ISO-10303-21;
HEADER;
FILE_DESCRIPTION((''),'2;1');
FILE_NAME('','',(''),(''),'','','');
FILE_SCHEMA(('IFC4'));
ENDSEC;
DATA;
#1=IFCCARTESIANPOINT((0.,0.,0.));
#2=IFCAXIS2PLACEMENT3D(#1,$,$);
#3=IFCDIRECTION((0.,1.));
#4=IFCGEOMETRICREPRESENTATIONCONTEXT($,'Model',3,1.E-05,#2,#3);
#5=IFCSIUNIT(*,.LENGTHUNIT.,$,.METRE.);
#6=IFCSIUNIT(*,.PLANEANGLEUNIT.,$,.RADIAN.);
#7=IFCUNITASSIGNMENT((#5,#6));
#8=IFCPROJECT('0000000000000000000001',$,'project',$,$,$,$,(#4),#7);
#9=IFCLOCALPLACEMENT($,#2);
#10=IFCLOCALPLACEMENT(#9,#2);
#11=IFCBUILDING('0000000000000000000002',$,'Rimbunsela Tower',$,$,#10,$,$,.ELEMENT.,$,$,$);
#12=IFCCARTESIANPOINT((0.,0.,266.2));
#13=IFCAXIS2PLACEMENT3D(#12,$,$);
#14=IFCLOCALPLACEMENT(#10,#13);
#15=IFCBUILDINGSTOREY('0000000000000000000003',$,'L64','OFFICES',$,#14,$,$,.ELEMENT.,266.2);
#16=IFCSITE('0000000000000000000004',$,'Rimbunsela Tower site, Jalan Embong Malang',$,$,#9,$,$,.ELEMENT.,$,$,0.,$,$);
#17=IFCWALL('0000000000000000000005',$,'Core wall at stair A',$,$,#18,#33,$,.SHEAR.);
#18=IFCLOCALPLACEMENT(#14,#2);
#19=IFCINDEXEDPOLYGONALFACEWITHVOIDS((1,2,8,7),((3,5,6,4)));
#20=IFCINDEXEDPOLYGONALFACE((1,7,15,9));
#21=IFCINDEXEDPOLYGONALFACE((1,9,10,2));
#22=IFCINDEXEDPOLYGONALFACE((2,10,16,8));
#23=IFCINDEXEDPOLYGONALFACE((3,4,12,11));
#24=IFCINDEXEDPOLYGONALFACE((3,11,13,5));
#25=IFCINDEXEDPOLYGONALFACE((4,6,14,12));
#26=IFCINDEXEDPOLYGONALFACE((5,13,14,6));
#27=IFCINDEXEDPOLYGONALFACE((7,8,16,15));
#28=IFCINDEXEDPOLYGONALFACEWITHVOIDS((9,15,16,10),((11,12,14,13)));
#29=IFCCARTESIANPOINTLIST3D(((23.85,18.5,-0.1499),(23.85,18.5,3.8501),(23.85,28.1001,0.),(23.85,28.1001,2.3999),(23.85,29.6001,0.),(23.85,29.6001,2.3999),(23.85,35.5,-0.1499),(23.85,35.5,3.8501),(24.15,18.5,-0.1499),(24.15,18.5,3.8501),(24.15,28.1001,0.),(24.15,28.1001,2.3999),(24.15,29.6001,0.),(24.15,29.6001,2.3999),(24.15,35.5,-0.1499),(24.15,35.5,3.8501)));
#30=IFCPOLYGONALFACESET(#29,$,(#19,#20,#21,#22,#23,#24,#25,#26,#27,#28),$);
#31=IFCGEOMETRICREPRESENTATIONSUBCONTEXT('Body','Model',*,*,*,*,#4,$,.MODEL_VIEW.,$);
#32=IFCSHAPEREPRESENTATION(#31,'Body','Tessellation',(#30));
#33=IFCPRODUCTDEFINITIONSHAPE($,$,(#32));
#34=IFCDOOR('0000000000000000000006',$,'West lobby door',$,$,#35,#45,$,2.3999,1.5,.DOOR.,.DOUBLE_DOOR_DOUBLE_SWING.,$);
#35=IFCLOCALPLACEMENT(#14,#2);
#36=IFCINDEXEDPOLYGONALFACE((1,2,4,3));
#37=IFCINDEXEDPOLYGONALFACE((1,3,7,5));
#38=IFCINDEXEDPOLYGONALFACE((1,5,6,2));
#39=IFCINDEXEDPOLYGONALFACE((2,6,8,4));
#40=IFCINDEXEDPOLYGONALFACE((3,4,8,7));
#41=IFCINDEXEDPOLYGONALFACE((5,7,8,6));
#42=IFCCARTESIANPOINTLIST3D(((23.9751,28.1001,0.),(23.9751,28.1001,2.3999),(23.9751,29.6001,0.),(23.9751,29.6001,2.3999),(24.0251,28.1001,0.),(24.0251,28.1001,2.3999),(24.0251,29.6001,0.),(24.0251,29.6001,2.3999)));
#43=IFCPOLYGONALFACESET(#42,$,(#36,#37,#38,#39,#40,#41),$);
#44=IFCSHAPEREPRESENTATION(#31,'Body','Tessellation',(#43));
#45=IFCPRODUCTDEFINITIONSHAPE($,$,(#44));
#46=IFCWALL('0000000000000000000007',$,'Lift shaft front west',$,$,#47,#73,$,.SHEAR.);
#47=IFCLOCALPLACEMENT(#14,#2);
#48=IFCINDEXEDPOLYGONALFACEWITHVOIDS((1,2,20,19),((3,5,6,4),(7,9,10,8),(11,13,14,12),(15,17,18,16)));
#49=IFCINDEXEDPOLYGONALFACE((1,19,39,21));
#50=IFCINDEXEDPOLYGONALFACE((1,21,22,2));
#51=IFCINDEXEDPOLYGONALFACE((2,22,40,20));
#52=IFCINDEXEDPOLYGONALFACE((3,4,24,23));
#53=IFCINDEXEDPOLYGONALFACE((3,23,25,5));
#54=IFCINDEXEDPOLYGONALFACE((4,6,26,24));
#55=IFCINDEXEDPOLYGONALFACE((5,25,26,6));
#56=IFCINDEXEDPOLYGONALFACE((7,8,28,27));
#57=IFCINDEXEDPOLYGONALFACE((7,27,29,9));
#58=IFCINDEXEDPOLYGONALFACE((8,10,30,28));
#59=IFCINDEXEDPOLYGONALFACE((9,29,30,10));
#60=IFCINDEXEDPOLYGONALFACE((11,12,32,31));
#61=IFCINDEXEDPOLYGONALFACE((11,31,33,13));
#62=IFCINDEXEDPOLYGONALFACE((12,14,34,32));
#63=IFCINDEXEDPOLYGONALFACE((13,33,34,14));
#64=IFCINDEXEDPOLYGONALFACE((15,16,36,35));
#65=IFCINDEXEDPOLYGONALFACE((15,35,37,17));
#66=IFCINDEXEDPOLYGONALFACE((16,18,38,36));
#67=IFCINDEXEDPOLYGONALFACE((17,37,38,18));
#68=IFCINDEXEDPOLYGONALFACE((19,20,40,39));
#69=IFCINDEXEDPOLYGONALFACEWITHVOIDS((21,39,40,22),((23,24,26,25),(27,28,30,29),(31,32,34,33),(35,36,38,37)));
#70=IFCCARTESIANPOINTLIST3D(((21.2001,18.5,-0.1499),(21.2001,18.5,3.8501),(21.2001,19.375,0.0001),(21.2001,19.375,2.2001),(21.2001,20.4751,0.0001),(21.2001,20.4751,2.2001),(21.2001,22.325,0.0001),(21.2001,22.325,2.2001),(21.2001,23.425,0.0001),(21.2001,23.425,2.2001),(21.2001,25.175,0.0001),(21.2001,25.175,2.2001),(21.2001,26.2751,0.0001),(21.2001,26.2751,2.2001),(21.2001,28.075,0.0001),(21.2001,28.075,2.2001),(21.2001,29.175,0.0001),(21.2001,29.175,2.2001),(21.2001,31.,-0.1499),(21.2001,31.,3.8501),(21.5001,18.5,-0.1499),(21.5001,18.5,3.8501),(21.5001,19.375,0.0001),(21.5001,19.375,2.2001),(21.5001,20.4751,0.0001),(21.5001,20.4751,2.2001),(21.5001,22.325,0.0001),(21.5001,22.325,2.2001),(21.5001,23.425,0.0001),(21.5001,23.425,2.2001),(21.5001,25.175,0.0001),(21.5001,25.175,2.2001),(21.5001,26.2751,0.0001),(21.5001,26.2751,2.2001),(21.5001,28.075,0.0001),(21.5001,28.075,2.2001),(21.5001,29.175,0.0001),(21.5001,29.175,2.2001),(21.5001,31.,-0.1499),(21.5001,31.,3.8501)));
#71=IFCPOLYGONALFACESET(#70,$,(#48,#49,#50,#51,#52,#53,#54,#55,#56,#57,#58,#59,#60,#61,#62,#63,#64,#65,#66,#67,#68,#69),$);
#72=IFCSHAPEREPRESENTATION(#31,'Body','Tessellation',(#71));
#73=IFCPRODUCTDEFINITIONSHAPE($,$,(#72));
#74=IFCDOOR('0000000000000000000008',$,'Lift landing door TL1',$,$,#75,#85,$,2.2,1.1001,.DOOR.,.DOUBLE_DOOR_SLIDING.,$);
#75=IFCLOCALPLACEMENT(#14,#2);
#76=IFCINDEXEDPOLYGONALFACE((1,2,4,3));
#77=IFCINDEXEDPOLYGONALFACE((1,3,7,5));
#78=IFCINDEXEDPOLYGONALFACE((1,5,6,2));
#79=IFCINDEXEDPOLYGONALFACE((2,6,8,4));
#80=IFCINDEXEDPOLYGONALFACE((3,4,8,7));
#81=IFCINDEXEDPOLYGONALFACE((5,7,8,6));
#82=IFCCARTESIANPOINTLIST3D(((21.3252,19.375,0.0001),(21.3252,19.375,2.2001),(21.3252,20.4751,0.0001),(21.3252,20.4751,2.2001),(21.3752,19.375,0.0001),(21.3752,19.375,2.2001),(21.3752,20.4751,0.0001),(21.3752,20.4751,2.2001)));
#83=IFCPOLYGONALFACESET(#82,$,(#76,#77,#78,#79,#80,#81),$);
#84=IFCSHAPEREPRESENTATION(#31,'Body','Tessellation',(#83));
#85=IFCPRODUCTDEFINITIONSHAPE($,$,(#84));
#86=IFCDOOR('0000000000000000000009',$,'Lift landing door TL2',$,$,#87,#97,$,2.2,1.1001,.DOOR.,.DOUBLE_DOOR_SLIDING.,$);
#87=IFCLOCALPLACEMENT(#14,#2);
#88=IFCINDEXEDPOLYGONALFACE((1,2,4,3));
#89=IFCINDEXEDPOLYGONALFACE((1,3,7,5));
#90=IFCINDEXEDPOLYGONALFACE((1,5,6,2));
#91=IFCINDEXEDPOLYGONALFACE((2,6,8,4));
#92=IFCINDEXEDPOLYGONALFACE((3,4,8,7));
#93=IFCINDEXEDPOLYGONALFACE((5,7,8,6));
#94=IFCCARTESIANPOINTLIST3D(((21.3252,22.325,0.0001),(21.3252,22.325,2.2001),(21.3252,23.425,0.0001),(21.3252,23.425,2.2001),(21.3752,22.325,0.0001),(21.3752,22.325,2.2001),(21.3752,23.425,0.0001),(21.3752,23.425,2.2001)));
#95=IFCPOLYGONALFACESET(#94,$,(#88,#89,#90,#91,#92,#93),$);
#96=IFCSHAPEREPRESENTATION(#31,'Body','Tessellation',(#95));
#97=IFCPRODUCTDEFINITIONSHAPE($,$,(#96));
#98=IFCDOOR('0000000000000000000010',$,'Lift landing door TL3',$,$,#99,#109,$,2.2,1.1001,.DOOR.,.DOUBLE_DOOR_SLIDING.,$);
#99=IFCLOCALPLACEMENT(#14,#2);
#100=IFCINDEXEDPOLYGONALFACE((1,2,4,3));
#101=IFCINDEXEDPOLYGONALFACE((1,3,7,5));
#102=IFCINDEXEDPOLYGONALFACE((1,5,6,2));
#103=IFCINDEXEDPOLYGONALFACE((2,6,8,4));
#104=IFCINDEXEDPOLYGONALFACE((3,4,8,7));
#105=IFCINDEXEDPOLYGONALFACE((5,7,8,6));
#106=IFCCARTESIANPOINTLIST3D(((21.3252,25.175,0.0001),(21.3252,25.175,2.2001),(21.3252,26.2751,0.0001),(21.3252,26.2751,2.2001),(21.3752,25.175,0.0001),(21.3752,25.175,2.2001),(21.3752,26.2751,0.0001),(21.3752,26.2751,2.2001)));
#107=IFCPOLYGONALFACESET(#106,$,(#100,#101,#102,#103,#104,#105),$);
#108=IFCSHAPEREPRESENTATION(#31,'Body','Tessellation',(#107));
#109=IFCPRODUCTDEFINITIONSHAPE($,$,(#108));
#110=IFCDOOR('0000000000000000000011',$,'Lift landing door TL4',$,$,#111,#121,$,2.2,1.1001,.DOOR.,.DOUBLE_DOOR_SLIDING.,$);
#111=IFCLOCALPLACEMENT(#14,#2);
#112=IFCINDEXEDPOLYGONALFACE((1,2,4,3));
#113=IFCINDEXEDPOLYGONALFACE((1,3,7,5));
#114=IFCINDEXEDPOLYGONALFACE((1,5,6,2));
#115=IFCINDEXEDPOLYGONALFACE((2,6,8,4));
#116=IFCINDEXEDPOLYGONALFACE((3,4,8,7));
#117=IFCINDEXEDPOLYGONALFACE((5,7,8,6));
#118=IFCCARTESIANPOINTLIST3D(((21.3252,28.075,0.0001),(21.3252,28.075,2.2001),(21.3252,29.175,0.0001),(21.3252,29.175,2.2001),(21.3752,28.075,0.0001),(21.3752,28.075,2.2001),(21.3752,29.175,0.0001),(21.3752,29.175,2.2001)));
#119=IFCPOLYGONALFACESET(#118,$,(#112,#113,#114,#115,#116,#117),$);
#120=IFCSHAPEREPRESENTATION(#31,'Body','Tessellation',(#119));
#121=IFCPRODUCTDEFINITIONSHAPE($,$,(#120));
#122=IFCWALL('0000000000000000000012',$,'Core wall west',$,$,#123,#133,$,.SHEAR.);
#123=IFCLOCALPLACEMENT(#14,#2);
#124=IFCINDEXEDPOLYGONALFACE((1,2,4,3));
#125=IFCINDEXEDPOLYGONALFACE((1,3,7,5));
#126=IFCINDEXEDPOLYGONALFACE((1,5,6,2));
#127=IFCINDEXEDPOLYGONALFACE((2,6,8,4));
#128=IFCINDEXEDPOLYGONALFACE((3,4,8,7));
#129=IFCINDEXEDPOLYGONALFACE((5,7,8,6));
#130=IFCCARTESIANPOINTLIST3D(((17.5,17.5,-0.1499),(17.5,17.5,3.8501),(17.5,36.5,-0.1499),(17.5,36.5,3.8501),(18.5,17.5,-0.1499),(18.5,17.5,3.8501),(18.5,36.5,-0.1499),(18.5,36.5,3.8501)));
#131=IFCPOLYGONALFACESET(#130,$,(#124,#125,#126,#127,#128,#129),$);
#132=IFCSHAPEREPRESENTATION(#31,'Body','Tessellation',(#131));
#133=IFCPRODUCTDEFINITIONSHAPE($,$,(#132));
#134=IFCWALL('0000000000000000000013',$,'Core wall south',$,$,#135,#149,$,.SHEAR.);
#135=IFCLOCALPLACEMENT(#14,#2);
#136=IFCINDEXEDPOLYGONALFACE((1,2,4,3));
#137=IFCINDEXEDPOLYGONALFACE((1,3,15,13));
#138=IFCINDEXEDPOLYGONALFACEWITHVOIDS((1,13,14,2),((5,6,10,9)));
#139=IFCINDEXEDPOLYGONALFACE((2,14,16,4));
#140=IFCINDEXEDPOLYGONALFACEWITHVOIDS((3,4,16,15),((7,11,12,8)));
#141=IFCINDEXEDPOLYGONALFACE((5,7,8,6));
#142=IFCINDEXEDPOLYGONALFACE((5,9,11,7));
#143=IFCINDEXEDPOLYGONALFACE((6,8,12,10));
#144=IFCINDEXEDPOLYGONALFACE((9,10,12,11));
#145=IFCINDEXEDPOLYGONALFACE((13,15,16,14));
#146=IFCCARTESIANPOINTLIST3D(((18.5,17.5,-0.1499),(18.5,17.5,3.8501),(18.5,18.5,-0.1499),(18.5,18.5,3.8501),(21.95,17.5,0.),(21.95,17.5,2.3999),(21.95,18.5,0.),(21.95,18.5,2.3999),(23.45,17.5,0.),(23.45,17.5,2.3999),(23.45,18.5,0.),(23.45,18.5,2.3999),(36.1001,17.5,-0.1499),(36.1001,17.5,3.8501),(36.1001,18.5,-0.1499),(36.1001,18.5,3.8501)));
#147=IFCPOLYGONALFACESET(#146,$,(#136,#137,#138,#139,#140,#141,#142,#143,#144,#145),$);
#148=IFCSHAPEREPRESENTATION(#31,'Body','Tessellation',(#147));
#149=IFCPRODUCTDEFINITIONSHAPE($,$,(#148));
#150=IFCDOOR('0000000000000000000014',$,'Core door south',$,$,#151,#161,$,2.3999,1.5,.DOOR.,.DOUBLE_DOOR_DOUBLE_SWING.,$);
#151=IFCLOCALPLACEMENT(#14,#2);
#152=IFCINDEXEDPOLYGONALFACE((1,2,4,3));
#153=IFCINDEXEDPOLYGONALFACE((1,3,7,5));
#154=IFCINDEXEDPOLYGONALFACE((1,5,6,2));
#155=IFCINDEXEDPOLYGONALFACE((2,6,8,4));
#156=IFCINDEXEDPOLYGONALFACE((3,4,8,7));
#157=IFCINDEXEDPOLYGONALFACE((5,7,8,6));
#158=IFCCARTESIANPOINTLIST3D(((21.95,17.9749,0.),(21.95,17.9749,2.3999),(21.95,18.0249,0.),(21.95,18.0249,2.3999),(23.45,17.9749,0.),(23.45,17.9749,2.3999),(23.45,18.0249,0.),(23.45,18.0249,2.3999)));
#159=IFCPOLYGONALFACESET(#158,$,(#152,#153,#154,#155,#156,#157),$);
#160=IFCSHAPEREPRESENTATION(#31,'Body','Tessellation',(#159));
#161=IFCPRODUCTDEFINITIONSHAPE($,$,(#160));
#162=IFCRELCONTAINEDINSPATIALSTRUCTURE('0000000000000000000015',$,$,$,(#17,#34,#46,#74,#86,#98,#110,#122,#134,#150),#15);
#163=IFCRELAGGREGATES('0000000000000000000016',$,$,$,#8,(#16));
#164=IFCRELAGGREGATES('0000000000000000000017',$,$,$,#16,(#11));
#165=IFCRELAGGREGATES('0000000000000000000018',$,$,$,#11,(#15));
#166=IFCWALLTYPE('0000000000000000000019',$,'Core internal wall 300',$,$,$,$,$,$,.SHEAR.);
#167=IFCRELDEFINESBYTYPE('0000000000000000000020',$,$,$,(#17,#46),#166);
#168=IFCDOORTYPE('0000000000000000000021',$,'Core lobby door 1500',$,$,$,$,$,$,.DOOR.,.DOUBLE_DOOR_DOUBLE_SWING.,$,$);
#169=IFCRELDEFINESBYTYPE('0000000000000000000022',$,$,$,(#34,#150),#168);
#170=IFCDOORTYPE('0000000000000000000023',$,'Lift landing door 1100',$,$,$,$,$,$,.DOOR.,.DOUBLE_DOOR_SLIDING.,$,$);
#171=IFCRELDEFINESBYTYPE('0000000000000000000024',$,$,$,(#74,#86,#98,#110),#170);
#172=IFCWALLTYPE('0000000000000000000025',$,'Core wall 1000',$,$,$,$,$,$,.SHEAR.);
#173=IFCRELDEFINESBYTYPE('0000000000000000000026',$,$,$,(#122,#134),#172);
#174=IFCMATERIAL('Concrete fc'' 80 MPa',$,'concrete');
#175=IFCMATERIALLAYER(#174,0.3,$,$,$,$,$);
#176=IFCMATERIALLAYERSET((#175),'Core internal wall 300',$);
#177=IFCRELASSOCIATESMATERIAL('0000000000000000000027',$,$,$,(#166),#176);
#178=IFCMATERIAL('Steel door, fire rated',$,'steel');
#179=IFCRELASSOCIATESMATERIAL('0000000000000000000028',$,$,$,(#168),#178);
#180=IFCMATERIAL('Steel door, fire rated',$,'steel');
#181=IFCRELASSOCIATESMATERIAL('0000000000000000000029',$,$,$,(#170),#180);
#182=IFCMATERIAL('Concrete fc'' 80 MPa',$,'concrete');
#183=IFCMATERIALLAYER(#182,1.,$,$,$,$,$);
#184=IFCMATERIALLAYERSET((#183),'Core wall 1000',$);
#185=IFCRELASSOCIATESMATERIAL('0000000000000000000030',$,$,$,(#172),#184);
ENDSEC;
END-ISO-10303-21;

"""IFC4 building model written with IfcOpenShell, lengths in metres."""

from ifc_helpers import new_model, si_unit, direction, frame, frame_2d, origin, place, context, subcontext, project, spatial, rectangle, extrude, material, layer, layer_set, type_object, element, fill, save


model = new_model("IFC4")

# Units and contexts
model_context = context("Model", 3, precision=1e-05, world=origin(), true_north=direction((0.0, 1.0)))
body_context = subcontext(model_context, "Body", "Model", "MODEL_VIEW")
ifc_project = project(units=[si_unit("LENGTHUNIT", "METRE"), si_unit("PLANEANGLEUNIT", "RADIAN")], contexts=[model_context])

# Site, building, storey
site_placement = place(None, origin())
site = spatial("IfcSite", under=ifc_project, at=site_placement, Name="Rimbunsela Tower site, Jalan Embong Malang", CompositionType="ELEMENT", RefElevation=0.0)
building_placement = place(site_placement, origin())
building = spatial("IfcBuilding", under=site, at=building_placement, Name="Rimbunsela Tower", CompositionType="ELEMENT")
storey_placement = place(building_placement, frame((0.0, 0.0, 266.2)))
storey = spatial("IfcBuildingStorey", under=building, at=storey_placement, Name="L64", Description="OFFICES", CompositionType="ELEMENT", Elevation=266.2)

# Wall, opening, door
ifc_material_1 = material(Name="Concrete fc' 80 MPa", Category="concrete")
ifc_layer_1 = layer(ifc_material_1, 0.3)
ifc_layer_set_1 = layer_set([ifc_layer_1], Name="Core internal wall 300")
wall_type_1 = type_object("IfcWallType", Name="Core internal wall 300", PredefinedType="SHEAR", material=ifc_layer_set_1)
wall_1_placement = place(storey_placement, frame((24.0, 18.5, -0.1499), z_axis=(0.0, 0.0, 1.0), x_axis=(0.0, 1.0, 0.0)))
wall_1 = element("IfcWall", 1, at=wall_1_placement, inside=storey, type_object=wall_type_1, Name="Core wall at stair A", PredefinedType="SHEAR", context=body_context, shape_type="SweptSolid", body=[
    extrude(rectangle(XDim=17.0, YDim=0.3, at=frame_2d((8.5, 0.0))), origin(), (0.0, 0.0, 1.0), 4.0),
])
opening_1_placement = place(wall_1_placement, frame((9.6001, 0.0, 0.1499)))
opening_1 = element("IfcOpeningElement", 2, at=opening_1_placement, cuts=wall_1, PredefinedType="OPENING", context=body_context, shape_type="SweptSolid", body=[
    extrude(rectangle(XDim=1.5, YDim=2.3999, at=frame_2d((0.75, 1.2))), frame((0.0, 0.1599, 0.0), z_axis=(0.0, -1.0, 0.0), x_axis=(1.0, 0.0, 0.0)), (0.0, 0.0, 1.0), 0.3201),
])
ifc_material_2 = material(Name="Steel door, fire rated", Category="steel")
door_type_1 = type_object("IfcDoorType", Name="Core lobby door 1500", OperationType="DOUBLE_DOOR_DOUBLE_SWING", PredefinedType="DOOR", material=ifc_material_2)
door_1_placement = place(opening_1_placement, origin())
door_1 = element("IfcDoor", 3, at=door_1_placement, inside=storey, type_object=door_type_1, Name="West lobby door", OperationType="DOUBLE_DOOR_DOUBLE_SWING", OverallHeight=2.3999, OverallWidth=1.5, PredefinedType="DOOR", context=body_context, shape_type="SweptSolid", body=[
    extrude(rectangle(XDim=1.5, YDim=2.3999, at=frame_2d((0.75, 1.2))), frame((0.0, 0.0249, 0.0), z_axis=(0.0, -1.0, 0.0), x_axis=(1.0, 0.0, 0.0)), (0.0, 0.0, 1.0), 0.05),
])
fill(opening_1, door_1)

# Wall, openings, doors
wall_2_placement = place(storey_placement, frame((21.3501, 18.5, -0.1499), z_axis=(0.0, 0.0, 1.0), x_axis=(0.0, 1.0, 0.0)))
wall_2 = element("IfcWall", 4, at=wall_2_placement, inside=storey, type_object=wall_type_1, Name="Lift shaft front west", PredefinedType="SHEAR", context=body_context, shape_type="SweptSolid", body=[
    extrude(rectangle(XDim=12.5, YDim=0.3, at=frame_2d((6.25, 0.0))), origin(), (0.0, 0.0, 1.0), 4.0),
])
opening_2_placement = place(wall_2_placement, frame((0.875, 0.0, 0.1499)))
opening_2 = element("IfcOpeningElement", 5, at=opening_2_placement, cuts=wall_2, PredefinedType="OPENING", context=body_context, shape_type="SweptSolid", body=[
    extrude(rectangle(XDim=1.1001, YDim=2.2, at=frame_2d((0.55, 1.1001))), frame((0.0, 0.1599, 0.0), z_axis=(0.0, -1.0, 0.0), x_axis=(1.0, 0.0, 0.0)), (0.0, 0.0, 1.0), 0.3201),
])
opening_3_placement = place(wall_2_placement, frame((3.825, 0.0, 0.1499)))
opening_3 = element("IfcOpeningElement", 6, at=opening_3_placement, cuts=wall_2, PredefinedType="OPENING", context=body_context, shape_type="SweptSolid", body=[
    extrude(rectangle(XDim=1.1001, YDim=2.2, at=frame_2d((0.55, 1.1001))), frame((0.0, 0.1599, 0.0), z_axis=(0.0, -1.0, 0.0), x_axis=(1.0, 0.0, 0.0)), (0.0, 0.0, 1.0), 0.3201),
])
opening_4_placement = place(wall_2_placement, frame((6.675, 0.0, 0.1499)))
opening_4 = element("IfcOpeningElement", 7, at=opening_4_placement, cuts=wall_2, PredefinedType="OPENING", context=body_context, shape_type="SweptSolid", body=[
    extrude(rectangle(XDim=1.1001, YDim=2.2, at=frame_2d((0.55, 1.1001))), frame((0.0, 0.1599, 0.0), z_axis=(0.0, -1.0, 0.0), x_axis=(1.0, 0.0, 0.0)), (0.0, 0.0, 1.0), 0.3201),
])
opening_5_placement = place(wall_2_placement, frame((9.575, 0.0, 0.1499)))
opening_5 = element("IfcOpeningElement", 8, at=opening_5_placement, cuts=wall_2, PredefinedType="OPENING", context=body_context, shape_type="SweptSolid", body=[
    extrude(rectangle(XDim=1.1001, YDim=2.2, at=frame_2d((0.55, 1.1001))), frame((0.0, 0.1599, 0.0), z_axis=(0.0, -1.0, 0.0), x_axis=(1.0, 0.0, 0.0)), (0.0, 0.0, 1.0), 0.3201),
])
ifc_material_3 = material(Name="Steel door, fire rated", Category="steel")
door_type_2 = type_object("IfcDoorType", Name="Lift landing door 1100", OperationType="DOUBLE_DOOR_SLIDING", PredefinedType="DOOR", material=ifc_material_3)
door_2_placement = place(opening_2_placement, origin())
door_2 = element("IfcDoor", 9, at=door_2_placement, inside=storey, type_object=door_type_2, Name="Lift landing door TL1", OperationType="DOUBLE_DOOR_SLIDING", OverallHeight=2.2, OverallWidth=1.1001, PredefinedType="DOOR", context=body_context, shape_type="SweptSolid", body=[
    extrude(rectangle(XDim=1.1001, YDim=2.2, at=frame_2d((0.55, 1.1001))), frame((0.0, 0.0249, 0.0), z_axis=(0.0, -1.0, 0.0), x_axis=(1.0, 0.0, 0.0)), (0.0, 0.0, 1.0), 0.05),
])
fill(opening_2, door_2)
door_3_placement = place(opening_3_placement, origin())
door_3 = element("IfcDoor", 10, at=door_3_placement, inside=storey, type_object=door_type_2, Name="Lift landing door TL2", OperationType="DOUBLE_DOOR_SLIDING", OverallHeight=2.2, OverallWidth=1.1001, PredefinedType="DOOR", context=body_context, shape_type="SweptSolid", body=[
    extrude(rectangle(XDim=1.1001, YDim=2.2, at=frame_2d((0.55, 1.1001))), frame((0.0, 0.0249, 0.0), z_axis=(0.0, -1.0, 0.0), x_axis=(1.0, 0.0, 0.0)), (0.0, 0.0, 1.0), 0.05),
])
fill(opening_3, door_3)
door_4_placement = place(opening_4_placement, origin())
door_4 = element("IfcDoor", 11, at=door_4_placement, inside=storey, type_object=door_type_2, Name="Lift landing door TL3", OperationType="DOUBLE_DOOR_SLIDING", OverallHeight=2.2, OverallWidth=1.1001, PredefinedType="DOOR", context=body_context, shape_type="SweptSolid", body=[
    extrude(rectangle(XDim=1.1001, YDim=2.2, at=frame_2d((0.55, 1.1001))), frame((0.0, 0.0249, 0.0), z_axis=(0.0, -1.0, 0.0), x_axis=(1.0, 0.0, 0.0)), (0.0, 0.0, 1.0), 0.05),
])
fill(opening_4, door_4)
door_5_placement = place(opening_5_placement, origin())
door_5 = element("IfcDoor", 12, at=door_5_placement, inside=storey, type_object=door_type_2, Name="Lift landing door TL4", OperationType="DOUBLE_DOOR_SLIDING", OverallHeight=2.2, OverallWidth=1.1001, PredefinedType="DOOR", context=body_context, shape_type="SweptSolid", body=[
    extrude(rectangle(XDim=1.1001, YDim=2.2, at=frame_2d((0.55, 1.1001))), frame((0.0, 0.0249, 0.0), z_axis=(0.0, -1.0, 0.0), x_axis=(1.0, 0.0, 0.0)), (0.0, 0.0, 1.0), 0.05),
])
fill(opening_5, door_5)

# Wall
ifc_material_4 = material(Name="Concrete fc' 80 MPa", Category="concrete")
ifc_layer_2 = layer(ifc_material_4, 1.0)
ifc_layer_set_2 = layer_set([ifc_layer_2], Name="Core wall 1000")
wall_type_2 = type_object("IfcWallType", Name="Core wall 1000", PredefinedType="SHEAR", material=ifc_layer_set_2)
wall_3_placement = place(storey_placement, frame((18.0, 17.5, -0.1499), z_axis=(0.0, 0.0, 1.0), x_axis=(0.0, 1.0, 0.0)))
element("IfcWall", 13, at=wall_3_placement, inside=storey, type_object=wall_type_2, Name="Core wall west", PredefinedType="SHEAR", context=body_context, shape_type="SweptSolid", body=[
    extrude(rectangle(XDim=19.0, YDim=1.0, at=frame_2d((9.5, 0.0))), origin(), (0.0, 0.0, 1.0), 4.0),
])

# Wall, opening, door
wall_4_placement = place(storey_placement, frame((18.5, 18.0, -0.1499), z_axis=(0.0, 0.0, 1.0), x_axis=(1.0, 0.0, 0.0)))
wall_4 = element("IfcWall", 14, at=wall_4_placement, inside=storey, type_object=wall_type_2, Name="Core wall south", PredefinedType="SHEAR", context=body_context, shape_type="SweptSolid", body=[
    extrude(rectangle(XDim=17.6001, YDim=1.0, at=frame_2d((8.8, 0.0))), origin(), (0.0, 0.0, 1.0), 4.0),
])
opening_6_placement = place(wall_4_placement, frame((3.45, 0.0, 0.1499)))
opening_6 = element("IfcOpeningElement", 15, at=opening_6_placement, cuts=wall_4, PredefinedType="OPENING", context=body_context, shape_type="SweptSolid", body=[
    extrude(rectangle(XDim=1.5, YDim=2.3999, at=frame_2d((0.75, 1.2))), frame((0.0, 0.51, 0.0), z_axis=(0.0, -1.0, 0.0), x_axis=(1.0, 0.0, 0.0)), (0.0, 0.0, 1.0), 1.02),
])
door_6_placement = place(opening_6_placement, origin())
door_6 = element("IfcDoor", 16, at=door_6_placement, inside=storey, type_object=door_type_1, Name="Core door south", OperationType="DOUBLE_DOOR_DOUBLE_SWING", OverallHeight=2.3999, OverallWidth=1.5, PredefinedType="DOOR", context=body_context, shape_type="SweptSolid", body=[
    extrude(rectangle(XDim=1.5, YDim=2.3999, at=frame_2d((0.75, 1.2))), frame((0.0, 0.0249, 0.0), z_axis=(0.0, -1.0, 0.0), x_axis=(1.0, 0.0, 0.0)), (0.0, 0.0, 1.0), 0.05),
])
fill(opening_6, door_6)

save(model, "model.ifc")
